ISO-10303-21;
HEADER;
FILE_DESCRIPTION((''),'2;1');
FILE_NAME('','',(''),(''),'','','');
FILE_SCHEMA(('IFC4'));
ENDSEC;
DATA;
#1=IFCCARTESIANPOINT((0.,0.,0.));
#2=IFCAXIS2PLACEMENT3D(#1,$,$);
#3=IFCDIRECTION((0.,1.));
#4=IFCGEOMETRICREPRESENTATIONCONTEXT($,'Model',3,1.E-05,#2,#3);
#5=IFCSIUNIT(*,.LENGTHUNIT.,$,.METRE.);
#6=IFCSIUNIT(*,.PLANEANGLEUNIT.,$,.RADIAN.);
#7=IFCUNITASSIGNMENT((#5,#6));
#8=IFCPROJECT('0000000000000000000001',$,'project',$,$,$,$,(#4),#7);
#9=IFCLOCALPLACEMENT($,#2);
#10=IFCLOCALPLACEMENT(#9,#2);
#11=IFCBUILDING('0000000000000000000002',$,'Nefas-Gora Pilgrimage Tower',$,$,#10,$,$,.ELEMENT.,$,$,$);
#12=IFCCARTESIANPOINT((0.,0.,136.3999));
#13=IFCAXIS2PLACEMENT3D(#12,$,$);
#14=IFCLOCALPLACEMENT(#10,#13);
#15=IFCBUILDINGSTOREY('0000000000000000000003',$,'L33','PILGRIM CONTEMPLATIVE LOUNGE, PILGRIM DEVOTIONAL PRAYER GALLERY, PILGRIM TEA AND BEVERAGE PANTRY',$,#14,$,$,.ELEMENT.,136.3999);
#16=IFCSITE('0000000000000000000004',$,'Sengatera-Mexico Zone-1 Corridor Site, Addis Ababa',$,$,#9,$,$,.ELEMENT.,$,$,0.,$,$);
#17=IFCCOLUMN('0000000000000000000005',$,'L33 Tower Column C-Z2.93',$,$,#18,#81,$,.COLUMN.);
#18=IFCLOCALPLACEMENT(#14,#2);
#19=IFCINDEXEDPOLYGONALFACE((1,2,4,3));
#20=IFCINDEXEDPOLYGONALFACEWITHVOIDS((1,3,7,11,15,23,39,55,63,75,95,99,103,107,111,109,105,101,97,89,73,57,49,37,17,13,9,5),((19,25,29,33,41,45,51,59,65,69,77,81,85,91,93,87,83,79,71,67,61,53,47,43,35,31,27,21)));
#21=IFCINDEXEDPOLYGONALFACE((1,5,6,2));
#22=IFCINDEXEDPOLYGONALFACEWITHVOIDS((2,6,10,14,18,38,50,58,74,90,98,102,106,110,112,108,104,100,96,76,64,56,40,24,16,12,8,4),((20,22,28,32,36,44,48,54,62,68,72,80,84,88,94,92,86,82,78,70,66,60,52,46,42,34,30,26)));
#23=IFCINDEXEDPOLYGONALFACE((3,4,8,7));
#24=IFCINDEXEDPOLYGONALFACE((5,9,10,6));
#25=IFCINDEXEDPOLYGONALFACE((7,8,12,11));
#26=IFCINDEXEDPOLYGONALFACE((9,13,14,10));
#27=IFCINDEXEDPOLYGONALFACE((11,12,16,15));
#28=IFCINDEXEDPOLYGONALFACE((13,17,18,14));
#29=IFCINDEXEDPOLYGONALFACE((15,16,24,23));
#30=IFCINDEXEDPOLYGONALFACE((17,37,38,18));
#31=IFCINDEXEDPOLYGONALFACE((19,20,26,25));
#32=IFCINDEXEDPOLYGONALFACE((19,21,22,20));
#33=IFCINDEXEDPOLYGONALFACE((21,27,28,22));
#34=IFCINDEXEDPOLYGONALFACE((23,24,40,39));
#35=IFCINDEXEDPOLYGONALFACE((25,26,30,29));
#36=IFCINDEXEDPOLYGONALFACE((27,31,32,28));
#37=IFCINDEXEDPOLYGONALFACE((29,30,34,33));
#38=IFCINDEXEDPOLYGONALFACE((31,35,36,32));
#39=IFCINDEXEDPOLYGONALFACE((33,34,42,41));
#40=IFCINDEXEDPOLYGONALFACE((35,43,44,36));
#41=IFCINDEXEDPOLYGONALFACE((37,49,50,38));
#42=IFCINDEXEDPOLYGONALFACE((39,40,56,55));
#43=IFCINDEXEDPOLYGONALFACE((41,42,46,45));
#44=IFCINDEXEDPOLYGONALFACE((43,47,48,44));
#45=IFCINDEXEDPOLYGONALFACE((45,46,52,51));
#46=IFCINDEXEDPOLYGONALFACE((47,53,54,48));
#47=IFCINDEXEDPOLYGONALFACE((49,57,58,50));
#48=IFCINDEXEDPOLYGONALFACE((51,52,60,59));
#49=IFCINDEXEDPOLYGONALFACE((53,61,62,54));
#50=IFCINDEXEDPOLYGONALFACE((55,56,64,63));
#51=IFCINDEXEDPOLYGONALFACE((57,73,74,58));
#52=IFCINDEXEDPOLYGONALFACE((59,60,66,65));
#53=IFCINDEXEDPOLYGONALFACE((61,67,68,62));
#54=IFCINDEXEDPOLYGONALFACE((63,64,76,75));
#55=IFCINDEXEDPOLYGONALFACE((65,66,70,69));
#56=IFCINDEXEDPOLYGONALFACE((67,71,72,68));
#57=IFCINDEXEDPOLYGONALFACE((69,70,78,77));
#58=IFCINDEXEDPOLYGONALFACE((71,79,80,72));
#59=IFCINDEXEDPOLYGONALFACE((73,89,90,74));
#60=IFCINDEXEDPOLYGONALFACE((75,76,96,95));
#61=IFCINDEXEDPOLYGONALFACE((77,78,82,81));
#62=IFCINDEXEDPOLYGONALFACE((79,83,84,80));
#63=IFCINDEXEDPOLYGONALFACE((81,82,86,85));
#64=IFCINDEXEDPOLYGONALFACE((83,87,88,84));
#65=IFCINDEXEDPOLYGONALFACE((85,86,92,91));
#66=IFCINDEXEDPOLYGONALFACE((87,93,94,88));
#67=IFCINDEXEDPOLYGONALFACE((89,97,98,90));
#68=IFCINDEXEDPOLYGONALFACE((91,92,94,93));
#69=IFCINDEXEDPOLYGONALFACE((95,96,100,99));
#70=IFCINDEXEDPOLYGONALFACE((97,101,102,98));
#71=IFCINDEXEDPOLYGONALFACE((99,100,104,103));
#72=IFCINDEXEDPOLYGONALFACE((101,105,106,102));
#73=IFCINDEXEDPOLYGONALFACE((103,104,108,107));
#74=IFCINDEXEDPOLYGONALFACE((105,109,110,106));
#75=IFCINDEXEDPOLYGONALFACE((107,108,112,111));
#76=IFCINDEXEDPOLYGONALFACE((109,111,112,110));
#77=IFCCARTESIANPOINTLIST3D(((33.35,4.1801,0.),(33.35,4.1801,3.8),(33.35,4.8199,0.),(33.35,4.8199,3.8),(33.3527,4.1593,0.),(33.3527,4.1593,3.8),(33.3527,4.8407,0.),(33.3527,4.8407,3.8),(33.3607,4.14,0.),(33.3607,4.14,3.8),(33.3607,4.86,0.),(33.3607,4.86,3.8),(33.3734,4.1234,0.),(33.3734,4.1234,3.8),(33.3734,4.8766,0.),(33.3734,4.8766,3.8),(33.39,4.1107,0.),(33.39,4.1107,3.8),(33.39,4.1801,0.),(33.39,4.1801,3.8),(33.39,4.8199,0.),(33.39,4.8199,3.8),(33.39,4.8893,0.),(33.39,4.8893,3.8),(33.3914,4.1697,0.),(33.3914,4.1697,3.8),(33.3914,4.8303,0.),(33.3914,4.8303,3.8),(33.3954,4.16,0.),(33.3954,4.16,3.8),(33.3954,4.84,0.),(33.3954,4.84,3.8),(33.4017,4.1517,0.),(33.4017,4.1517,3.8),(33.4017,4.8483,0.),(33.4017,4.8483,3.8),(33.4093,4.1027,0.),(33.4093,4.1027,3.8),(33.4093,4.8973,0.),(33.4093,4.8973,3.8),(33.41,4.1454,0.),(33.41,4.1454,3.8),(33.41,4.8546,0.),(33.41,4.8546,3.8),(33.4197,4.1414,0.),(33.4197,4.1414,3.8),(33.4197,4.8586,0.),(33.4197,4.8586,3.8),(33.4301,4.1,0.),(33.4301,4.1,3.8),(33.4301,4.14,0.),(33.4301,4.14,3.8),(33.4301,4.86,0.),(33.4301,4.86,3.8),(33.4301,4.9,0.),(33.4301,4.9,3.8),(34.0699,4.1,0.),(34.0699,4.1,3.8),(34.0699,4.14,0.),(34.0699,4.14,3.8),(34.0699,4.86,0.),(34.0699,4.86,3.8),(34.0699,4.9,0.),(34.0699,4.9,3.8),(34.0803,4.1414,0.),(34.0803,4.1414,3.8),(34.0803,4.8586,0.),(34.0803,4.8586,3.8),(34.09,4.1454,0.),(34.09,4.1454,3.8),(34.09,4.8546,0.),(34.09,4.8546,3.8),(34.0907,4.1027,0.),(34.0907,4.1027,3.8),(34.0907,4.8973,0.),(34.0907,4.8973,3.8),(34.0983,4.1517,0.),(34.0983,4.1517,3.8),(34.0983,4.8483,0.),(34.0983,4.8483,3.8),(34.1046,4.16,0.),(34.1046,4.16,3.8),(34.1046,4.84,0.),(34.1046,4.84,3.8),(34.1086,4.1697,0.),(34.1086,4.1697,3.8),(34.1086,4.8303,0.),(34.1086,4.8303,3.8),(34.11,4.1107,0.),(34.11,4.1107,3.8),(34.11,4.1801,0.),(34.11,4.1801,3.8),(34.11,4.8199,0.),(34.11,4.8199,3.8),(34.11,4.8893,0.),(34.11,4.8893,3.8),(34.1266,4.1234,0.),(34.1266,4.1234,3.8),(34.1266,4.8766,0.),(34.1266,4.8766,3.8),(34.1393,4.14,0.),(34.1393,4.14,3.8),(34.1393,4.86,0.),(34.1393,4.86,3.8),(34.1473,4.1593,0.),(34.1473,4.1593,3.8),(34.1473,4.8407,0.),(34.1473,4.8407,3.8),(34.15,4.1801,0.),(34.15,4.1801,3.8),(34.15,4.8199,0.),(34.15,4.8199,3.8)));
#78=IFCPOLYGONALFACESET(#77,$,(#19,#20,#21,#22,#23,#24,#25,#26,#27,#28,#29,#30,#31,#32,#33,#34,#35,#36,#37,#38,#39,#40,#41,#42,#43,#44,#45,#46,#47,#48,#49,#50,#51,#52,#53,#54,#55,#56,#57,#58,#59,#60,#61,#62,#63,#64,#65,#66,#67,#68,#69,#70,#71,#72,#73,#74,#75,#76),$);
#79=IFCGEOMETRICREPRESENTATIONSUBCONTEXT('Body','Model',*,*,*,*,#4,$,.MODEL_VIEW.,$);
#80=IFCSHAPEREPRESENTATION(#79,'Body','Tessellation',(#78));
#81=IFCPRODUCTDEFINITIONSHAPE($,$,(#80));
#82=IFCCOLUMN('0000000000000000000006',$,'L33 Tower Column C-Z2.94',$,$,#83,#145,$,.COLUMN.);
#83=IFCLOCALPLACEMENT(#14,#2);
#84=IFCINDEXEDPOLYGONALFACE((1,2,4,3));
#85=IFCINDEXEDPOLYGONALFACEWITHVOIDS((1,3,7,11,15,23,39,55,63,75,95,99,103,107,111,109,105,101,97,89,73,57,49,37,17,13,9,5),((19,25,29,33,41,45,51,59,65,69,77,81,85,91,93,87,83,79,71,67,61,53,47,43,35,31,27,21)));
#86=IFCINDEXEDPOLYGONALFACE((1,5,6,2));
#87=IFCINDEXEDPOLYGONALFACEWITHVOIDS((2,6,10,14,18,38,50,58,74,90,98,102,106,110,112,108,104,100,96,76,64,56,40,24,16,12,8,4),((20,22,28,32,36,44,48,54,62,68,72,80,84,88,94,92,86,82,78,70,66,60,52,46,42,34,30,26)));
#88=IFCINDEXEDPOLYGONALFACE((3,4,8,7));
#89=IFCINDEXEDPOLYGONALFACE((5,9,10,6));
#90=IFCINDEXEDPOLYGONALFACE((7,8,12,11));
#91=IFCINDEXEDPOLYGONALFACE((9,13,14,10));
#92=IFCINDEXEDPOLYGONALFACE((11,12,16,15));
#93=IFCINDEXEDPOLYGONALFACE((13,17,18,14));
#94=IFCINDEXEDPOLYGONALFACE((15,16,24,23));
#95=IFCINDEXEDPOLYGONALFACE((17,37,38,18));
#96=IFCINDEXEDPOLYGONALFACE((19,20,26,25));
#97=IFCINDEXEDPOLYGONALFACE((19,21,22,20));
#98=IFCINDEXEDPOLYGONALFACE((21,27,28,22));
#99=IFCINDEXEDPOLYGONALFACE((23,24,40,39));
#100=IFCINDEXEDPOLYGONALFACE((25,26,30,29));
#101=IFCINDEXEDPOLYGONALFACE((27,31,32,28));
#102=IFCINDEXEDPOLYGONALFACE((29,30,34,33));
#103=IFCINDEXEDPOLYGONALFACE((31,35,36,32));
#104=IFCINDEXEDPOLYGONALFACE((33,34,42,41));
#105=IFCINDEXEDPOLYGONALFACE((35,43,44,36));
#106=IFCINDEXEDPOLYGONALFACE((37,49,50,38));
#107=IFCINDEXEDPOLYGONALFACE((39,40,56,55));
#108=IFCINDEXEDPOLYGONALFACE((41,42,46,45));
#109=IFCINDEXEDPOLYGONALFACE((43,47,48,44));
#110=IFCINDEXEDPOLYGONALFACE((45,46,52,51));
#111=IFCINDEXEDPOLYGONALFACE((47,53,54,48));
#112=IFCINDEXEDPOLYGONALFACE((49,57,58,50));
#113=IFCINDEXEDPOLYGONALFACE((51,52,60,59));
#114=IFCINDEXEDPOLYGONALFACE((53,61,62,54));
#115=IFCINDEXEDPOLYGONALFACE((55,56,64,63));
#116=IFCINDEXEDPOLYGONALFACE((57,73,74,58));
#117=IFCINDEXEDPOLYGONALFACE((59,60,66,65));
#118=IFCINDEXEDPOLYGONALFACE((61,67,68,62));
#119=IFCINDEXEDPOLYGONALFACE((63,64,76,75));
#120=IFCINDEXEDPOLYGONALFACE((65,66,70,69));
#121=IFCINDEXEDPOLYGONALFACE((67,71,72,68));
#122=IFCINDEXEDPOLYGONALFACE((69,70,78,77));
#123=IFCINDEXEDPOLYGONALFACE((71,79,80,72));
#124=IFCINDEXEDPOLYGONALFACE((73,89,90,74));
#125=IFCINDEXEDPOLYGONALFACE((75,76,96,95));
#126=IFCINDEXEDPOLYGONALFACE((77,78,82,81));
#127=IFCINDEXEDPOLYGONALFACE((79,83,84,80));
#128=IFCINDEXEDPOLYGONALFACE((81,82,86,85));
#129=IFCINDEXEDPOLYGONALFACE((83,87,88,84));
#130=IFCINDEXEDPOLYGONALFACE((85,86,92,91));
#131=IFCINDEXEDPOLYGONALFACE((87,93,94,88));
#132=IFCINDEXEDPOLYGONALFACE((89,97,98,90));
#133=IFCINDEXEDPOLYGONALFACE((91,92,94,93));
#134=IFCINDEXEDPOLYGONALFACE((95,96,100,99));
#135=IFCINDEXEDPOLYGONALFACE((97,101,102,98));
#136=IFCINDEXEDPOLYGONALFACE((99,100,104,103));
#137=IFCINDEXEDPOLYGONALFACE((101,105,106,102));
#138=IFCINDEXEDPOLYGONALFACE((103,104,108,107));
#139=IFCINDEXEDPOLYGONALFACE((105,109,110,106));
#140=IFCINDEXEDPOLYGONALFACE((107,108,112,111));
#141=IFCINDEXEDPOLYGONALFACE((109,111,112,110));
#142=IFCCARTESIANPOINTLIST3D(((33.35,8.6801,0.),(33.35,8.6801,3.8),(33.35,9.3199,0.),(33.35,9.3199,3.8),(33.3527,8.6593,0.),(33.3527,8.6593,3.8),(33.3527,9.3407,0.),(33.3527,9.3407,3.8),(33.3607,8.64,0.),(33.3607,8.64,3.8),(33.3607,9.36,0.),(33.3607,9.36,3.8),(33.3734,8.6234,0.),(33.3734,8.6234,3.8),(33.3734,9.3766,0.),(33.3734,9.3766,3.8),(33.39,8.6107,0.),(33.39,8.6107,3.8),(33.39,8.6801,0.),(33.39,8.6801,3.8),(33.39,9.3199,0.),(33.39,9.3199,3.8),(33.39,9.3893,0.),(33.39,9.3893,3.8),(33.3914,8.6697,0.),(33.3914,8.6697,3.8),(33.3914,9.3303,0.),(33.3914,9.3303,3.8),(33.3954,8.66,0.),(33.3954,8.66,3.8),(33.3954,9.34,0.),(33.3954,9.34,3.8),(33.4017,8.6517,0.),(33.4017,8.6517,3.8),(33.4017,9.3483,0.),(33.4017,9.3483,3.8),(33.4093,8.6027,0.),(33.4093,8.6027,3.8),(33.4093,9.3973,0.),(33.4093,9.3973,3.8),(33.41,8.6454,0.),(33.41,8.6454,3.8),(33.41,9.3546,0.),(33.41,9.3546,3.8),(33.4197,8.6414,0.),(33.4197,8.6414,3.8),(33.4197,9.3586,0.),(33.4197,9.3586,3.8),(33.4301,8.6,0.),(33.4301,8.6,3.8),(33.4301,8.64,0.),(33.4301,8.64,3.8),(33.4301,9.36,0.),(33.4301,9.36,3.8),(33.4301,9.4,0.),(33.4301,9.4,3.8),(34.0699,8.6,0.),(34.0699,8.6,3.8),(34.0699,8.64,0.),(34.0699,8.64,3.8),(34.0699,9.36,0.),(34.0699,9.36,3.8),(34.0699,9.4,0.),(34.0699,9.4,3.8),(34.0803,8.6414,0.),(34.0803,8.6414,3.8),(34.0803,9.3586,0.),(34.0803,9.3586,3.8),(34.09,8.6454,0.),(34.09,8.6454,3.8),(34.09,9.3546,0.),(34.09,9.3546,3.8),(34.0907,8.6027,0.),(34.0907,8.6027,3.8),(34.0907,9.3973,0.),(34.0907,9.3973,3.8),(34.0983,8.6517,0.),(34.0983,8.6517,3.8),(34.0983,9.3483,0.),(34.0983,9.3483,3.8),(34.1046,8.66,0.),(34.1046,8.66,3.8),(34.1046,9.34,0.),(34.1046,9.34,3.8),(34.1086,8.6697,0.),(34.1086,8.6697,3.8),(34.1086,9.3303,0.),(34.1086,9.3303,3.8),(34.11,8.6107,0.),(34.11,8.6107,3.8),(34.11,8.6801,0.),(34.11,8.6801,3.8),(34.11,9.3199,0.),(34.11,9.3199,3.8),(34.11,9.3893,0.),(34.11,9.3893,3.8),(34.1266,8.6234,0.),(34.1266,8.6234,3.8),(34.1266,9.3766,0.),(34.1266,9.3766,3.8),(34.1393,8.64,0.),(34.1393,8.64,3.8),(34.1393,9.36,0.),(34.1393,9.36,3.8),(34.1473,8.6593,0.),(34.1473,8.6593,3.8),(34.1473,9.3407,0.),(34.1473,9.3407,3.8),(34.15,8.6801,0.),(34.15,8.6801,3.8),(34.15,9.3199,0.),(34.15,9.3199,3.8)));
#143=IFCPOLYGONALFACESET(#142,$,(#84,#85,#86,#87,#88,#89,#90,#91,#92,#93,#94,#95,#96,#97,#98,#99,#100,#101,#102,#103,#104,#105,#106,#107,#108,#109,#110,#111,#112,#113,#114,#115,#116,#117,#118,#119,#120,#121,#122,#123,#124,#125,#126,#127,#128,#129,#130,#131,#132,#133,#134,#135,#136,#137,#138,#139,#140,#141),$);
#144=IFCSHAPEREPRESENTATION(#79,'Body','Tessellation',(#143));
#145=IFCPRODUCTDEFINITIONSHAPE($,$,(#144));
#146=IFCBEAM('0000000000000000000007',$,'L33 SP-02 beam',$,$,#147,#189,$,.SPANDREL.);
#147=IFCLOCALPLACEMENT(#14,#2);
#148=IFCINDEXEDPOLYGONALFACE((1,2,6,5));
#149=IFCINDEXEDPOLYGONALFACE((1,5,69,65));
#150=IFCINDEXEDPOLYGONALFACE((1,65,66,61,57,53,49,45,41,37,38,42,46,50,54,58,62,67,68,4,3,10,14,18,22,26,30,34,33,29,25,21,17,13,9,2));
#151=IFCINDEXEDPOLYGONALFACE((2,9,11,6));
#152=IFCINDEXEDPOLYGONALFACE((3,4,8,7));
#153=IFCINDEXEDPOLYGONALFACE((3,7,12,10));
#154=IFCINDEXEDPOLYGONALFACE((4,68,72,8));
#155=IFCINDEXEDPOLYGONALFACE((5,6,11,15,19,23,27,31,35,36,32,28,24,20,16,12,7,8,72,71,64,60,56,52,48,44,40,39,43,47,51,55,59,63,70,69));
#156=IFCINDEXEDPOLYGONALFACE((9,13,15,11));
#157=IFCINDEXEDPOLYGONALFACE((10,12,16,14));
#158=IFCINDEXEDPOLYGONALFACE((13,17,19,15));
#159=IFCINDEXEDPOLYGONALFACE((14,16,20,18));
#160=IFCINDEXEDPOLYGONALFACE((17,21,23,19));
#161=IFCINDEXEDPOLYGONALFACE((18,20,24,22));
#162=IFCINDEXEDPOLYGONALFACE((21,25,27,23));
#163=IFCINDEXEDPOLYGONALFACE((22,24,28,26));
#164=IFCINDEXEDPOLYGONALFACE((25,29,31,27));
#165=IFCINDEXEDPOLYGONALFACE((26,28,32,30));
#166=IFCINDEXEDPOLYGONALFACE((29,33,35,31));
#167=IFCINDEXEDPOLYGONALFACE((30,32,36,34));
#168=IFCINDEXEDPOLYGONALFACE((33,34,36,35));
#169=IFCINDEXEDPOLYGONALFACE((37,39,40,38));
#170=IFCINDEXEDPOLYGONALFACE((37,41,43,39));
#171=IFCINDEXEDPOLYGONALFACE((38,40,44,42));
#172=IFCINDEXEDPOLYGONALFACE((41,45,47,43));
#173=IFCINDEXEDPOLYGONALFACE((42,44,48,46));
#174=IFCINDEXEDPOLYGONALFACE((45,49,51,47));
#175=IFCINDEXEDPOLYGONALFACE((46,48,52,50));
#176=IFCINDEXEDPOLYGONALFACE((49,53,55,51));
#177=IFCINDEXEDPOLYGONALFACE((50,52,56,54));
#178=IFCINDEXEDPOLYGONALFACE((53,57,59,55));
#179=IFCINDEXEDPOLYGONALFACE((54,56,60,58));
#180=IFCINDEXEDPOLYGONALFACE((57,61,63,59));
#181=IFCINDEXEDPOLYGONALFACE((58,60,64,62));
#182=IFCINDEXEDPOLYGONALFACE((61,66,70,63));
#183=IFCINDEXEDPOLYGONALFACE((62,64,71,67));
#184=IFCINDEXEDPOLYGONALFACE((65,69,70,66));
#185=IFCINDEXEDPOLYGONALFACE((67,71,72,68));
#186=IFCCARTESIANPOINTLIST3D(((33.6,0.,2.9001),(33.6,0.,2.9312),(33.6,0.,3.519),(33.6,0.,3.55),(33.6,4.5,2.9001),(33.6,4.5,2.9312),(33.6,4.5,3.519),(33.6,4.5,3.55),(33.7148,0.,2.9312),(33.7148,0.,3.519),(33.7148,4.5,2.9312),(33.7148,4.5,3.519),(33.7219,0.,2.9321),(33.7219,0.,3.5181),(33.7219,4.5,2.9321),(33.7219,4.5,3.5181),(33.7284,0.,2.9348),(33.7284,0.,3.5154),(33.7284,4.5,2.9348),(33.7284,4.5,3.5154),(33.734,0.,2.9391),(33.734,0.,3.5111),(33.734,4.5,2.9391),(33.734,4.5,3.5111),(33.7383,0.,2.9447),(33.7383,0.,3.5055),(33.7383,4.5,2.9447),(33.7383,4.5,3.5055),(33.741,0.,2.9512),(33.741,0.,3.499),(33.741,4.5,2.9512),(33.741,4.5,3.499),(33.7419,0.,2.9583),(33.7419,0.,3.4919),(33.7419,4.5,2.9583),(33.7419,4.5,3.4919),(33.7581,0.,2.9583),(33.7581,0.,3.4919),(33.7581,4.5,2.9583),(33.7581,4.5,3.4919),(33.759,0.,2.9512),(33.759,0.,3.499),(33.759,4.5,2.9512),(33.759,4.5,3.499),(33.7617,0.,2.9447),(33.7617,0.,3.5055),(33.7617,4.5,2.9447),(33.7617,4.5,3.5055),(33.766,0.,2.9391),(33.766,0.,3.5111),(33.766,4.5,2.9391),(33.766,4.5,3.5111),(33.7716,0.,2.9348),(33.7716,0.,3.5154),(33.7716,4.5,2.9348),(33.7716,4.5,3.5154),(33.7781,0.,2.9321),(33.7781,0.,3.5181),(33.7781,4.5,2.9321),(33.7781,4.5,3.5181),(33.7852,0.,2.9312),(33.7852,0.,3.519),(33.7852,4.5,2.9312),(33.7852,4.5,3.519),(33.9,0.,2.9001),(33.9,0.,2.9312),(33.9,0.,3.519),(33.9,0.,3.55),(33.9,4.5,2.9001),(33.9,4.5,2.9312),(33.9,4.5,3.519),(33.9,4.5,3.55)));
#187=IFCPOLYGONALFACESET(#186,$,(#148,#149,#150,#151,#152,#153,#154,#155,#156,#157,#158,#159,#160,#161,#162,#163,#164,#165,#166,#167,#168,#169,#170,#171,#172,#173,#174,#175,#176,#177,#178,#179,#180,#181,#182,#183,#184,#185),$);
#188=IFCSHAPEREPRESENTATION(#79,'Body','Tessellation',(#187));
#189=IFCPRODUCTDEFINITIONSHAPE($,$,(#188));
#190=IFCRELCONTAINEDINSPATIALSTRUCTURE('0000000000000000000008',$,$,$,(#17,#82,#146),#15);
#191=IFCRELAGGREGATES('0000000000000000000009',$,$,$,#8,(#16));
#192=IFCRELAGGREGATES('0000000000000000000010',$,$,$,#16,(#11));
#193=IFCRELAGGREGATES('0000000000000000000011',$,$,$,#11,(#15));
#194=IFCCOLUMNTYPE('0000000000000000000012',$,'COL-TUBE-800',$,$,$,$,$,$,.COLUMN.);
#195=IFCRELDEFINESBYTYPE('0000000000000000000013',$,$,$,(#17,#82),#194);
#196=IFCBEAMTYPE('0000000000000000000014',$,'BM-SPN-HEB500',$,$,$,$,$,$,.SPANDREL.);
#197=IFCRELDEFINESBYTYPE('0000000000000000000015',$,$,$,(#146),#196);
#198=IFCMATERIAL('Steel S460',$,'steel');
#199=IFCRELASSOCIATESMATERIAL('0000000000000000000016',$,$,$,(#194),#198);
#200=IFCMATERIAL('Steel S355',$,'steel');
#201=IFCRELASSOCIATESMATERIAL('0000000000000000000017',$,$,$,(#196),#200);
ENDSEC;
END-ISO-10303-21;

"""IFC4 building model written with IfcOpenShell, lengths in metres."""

from ifc_helpers import new_model, si_unit, direction, frame, origin, origin_2d, place, context, subcontext, project, spatial, hollow_rectangle, i_section, extrude, source, transform, mapped, material, material_profile, profile_set, type_object, element, save


model = new_model("IFC4")

# Units and contexts
model_context = context("Model", 3, precision=1e-05, world=origin(), true_north=direction((0.0, 1.0)))
body_context = subcontext(model_context, "Body", "Model", "MODEL_VIEW")
ifc_project = project(units=[si_unit("LENGTHUNIT", "METRE"), si_unit("PLANEANGLEUNIT", "RADIAN")], contexts=[model_context])

# Site, building, storey
site_placement = place(None, origin())
site = spatial("IfcSite", under=ifc_project, at=site_placement, Name="Sengatera-Mexico Zone-1 Corridor Site, Addis Ababa", CompositionType="ELEMENT", RefElevation=0.0)
building_placement = place(site_placement, origin())
building = spatial("IfcBuilding", under=site, at=building_placement, Name="Nefas-Gora Pilgrimage Tower", CompositionType="ELEMENT")
storey_placement = place(building_placement, frame((0.0, 0.0, 136.3999)))
storey = spatial("IfcBuildingStorey", under=building, at=storey_placement, Name="L33", Description="PILGRIM CONTEMPLATIVE LOUNGE, PILGRIM DEVOTIONAL PRAYER GALLERY, PILGRIM TEA AND BEVERAGE PANTRY", CompositionType="ELEMENT", Elevation=136.3999)

# Columns
ifc_material_1 = material(Name="Steel S460", Category="steel")
ifc_material_profile_1 = material_profile(ifc_material_1, hollow_rectangle(XDim=0.8, YDim=0.8, WallThickness=0.04, InnerFilletRadius=0.04, OuterFilletRadius=0.0801, at=origin_2d()), Name="BOX 800x800x40")
ifc_profile_set_1 = profile_set([ifc_material_profile_1], Name="Steel S460")
column_type_1 = type_object("IfcColumnType", Name="COL-TUBE-800", PredefinedType="COLUMN", material=ifc_profile_set_1)
shared_shape_1 = source(origin(), body_context, "Body", "SweptSolid", [
    extrude(hollow_rectangle(XDim=0.8, YDim=0.8, WallThickness=0.04, InnerFilletRadius=0.04, OuterFilletRadius=0.0801, at=origin_2d()), origin(), (0.0, 0.0, 1.0), 3.8),
])
for number, where, z_axis, x_axis, name in (
    (1, (33.75, 4.5, 0.0), (0.0, 0.0, 1.0), (1.0, 0.0, 0.0), "L33 Tower Column C-Z2.93"),
    (2, (33.75, 9.0, 0.0), (0.0, 0.0, 1.0), (1.0, 0.0, 0.0), "L33 Tower Column C-Z2.94"),
):
    element("IfcColumn", number, at=place(storey_placement, frame(where, z_axis=z_axis, x_axis=x_axis)), inside=storey, type_object=column_type_1, Name=name, PredefinedType="COLUMN", context=body_context, shape_type="MappedRepresentation", body=[
        mapped(shared_shape_1, transform((0.0, 0.0, 0.0), x_axis=(1.0, 0.0, 0.0), y_axis=(0.0, 1.0, 0.0), z_axis=(0.0, 0.0, 1.0), scale=1.0)),
    ])

# Beam
ifc_material_2 = material(Name="Steel S355", Category="steel")
ifc_material_profile_2 = material_profile(ifc_material_2, i_section(OverallWidth=0.3, OverallDepth=0.6499, WebThickness=0.0161, FlangeThickness=0.031, FilletRadius=0.0271, at=origin_2d()), Name="HEB 650")
ifc_profile_set_2 = profile_set([ifc_material_profile_2], Name="Steel S355")
beam_type_1 = type_object("IfcBeamType", Name="BM-SPN-HEB500", PredefinedType="SPANDREL", material=ifc_profile_set_2)
shared_shape_2 = source(origin(), body_context, "Body", "SweptSolid", [
    extrude(i_section(OverallWidth=0.3, OverallDepth=0.6499, WebThickness=0.0161, FlangeThickness=0.031, FilletRadius=0.0271, at=origin_2d()), origin(), (0.0, 0.0, 1.0), 4.5),
])
for number, where, z_axis, x_axis, name in (
    (3, (33.75, 0.0, 3.2251), (0.0, 1.0, 0.0), (-1.0, 0.0, 0.0), "L33 SP-02 beam"),
):
    element("IfcBeam", number, at=place(storey_placement, frame(where, z_axis=z_axis, x_axis=x_axis)), inside=storey, type_object=beam_type_1, Name=name, PredefinedType="SPANDREL", context=body_context, shape_type="MappedRepresentation", body=[
        mapped(shared_shape_2, transform((0.0, 0.0, 0.0), x_axis=(1.0, 0.0, 0.0), y_axis=(0.0, 1.0, 0.0), z_axis=(0.0, 0.0, 1.0), scale=1.0)),
    ])

save(model, "model.ifc")
